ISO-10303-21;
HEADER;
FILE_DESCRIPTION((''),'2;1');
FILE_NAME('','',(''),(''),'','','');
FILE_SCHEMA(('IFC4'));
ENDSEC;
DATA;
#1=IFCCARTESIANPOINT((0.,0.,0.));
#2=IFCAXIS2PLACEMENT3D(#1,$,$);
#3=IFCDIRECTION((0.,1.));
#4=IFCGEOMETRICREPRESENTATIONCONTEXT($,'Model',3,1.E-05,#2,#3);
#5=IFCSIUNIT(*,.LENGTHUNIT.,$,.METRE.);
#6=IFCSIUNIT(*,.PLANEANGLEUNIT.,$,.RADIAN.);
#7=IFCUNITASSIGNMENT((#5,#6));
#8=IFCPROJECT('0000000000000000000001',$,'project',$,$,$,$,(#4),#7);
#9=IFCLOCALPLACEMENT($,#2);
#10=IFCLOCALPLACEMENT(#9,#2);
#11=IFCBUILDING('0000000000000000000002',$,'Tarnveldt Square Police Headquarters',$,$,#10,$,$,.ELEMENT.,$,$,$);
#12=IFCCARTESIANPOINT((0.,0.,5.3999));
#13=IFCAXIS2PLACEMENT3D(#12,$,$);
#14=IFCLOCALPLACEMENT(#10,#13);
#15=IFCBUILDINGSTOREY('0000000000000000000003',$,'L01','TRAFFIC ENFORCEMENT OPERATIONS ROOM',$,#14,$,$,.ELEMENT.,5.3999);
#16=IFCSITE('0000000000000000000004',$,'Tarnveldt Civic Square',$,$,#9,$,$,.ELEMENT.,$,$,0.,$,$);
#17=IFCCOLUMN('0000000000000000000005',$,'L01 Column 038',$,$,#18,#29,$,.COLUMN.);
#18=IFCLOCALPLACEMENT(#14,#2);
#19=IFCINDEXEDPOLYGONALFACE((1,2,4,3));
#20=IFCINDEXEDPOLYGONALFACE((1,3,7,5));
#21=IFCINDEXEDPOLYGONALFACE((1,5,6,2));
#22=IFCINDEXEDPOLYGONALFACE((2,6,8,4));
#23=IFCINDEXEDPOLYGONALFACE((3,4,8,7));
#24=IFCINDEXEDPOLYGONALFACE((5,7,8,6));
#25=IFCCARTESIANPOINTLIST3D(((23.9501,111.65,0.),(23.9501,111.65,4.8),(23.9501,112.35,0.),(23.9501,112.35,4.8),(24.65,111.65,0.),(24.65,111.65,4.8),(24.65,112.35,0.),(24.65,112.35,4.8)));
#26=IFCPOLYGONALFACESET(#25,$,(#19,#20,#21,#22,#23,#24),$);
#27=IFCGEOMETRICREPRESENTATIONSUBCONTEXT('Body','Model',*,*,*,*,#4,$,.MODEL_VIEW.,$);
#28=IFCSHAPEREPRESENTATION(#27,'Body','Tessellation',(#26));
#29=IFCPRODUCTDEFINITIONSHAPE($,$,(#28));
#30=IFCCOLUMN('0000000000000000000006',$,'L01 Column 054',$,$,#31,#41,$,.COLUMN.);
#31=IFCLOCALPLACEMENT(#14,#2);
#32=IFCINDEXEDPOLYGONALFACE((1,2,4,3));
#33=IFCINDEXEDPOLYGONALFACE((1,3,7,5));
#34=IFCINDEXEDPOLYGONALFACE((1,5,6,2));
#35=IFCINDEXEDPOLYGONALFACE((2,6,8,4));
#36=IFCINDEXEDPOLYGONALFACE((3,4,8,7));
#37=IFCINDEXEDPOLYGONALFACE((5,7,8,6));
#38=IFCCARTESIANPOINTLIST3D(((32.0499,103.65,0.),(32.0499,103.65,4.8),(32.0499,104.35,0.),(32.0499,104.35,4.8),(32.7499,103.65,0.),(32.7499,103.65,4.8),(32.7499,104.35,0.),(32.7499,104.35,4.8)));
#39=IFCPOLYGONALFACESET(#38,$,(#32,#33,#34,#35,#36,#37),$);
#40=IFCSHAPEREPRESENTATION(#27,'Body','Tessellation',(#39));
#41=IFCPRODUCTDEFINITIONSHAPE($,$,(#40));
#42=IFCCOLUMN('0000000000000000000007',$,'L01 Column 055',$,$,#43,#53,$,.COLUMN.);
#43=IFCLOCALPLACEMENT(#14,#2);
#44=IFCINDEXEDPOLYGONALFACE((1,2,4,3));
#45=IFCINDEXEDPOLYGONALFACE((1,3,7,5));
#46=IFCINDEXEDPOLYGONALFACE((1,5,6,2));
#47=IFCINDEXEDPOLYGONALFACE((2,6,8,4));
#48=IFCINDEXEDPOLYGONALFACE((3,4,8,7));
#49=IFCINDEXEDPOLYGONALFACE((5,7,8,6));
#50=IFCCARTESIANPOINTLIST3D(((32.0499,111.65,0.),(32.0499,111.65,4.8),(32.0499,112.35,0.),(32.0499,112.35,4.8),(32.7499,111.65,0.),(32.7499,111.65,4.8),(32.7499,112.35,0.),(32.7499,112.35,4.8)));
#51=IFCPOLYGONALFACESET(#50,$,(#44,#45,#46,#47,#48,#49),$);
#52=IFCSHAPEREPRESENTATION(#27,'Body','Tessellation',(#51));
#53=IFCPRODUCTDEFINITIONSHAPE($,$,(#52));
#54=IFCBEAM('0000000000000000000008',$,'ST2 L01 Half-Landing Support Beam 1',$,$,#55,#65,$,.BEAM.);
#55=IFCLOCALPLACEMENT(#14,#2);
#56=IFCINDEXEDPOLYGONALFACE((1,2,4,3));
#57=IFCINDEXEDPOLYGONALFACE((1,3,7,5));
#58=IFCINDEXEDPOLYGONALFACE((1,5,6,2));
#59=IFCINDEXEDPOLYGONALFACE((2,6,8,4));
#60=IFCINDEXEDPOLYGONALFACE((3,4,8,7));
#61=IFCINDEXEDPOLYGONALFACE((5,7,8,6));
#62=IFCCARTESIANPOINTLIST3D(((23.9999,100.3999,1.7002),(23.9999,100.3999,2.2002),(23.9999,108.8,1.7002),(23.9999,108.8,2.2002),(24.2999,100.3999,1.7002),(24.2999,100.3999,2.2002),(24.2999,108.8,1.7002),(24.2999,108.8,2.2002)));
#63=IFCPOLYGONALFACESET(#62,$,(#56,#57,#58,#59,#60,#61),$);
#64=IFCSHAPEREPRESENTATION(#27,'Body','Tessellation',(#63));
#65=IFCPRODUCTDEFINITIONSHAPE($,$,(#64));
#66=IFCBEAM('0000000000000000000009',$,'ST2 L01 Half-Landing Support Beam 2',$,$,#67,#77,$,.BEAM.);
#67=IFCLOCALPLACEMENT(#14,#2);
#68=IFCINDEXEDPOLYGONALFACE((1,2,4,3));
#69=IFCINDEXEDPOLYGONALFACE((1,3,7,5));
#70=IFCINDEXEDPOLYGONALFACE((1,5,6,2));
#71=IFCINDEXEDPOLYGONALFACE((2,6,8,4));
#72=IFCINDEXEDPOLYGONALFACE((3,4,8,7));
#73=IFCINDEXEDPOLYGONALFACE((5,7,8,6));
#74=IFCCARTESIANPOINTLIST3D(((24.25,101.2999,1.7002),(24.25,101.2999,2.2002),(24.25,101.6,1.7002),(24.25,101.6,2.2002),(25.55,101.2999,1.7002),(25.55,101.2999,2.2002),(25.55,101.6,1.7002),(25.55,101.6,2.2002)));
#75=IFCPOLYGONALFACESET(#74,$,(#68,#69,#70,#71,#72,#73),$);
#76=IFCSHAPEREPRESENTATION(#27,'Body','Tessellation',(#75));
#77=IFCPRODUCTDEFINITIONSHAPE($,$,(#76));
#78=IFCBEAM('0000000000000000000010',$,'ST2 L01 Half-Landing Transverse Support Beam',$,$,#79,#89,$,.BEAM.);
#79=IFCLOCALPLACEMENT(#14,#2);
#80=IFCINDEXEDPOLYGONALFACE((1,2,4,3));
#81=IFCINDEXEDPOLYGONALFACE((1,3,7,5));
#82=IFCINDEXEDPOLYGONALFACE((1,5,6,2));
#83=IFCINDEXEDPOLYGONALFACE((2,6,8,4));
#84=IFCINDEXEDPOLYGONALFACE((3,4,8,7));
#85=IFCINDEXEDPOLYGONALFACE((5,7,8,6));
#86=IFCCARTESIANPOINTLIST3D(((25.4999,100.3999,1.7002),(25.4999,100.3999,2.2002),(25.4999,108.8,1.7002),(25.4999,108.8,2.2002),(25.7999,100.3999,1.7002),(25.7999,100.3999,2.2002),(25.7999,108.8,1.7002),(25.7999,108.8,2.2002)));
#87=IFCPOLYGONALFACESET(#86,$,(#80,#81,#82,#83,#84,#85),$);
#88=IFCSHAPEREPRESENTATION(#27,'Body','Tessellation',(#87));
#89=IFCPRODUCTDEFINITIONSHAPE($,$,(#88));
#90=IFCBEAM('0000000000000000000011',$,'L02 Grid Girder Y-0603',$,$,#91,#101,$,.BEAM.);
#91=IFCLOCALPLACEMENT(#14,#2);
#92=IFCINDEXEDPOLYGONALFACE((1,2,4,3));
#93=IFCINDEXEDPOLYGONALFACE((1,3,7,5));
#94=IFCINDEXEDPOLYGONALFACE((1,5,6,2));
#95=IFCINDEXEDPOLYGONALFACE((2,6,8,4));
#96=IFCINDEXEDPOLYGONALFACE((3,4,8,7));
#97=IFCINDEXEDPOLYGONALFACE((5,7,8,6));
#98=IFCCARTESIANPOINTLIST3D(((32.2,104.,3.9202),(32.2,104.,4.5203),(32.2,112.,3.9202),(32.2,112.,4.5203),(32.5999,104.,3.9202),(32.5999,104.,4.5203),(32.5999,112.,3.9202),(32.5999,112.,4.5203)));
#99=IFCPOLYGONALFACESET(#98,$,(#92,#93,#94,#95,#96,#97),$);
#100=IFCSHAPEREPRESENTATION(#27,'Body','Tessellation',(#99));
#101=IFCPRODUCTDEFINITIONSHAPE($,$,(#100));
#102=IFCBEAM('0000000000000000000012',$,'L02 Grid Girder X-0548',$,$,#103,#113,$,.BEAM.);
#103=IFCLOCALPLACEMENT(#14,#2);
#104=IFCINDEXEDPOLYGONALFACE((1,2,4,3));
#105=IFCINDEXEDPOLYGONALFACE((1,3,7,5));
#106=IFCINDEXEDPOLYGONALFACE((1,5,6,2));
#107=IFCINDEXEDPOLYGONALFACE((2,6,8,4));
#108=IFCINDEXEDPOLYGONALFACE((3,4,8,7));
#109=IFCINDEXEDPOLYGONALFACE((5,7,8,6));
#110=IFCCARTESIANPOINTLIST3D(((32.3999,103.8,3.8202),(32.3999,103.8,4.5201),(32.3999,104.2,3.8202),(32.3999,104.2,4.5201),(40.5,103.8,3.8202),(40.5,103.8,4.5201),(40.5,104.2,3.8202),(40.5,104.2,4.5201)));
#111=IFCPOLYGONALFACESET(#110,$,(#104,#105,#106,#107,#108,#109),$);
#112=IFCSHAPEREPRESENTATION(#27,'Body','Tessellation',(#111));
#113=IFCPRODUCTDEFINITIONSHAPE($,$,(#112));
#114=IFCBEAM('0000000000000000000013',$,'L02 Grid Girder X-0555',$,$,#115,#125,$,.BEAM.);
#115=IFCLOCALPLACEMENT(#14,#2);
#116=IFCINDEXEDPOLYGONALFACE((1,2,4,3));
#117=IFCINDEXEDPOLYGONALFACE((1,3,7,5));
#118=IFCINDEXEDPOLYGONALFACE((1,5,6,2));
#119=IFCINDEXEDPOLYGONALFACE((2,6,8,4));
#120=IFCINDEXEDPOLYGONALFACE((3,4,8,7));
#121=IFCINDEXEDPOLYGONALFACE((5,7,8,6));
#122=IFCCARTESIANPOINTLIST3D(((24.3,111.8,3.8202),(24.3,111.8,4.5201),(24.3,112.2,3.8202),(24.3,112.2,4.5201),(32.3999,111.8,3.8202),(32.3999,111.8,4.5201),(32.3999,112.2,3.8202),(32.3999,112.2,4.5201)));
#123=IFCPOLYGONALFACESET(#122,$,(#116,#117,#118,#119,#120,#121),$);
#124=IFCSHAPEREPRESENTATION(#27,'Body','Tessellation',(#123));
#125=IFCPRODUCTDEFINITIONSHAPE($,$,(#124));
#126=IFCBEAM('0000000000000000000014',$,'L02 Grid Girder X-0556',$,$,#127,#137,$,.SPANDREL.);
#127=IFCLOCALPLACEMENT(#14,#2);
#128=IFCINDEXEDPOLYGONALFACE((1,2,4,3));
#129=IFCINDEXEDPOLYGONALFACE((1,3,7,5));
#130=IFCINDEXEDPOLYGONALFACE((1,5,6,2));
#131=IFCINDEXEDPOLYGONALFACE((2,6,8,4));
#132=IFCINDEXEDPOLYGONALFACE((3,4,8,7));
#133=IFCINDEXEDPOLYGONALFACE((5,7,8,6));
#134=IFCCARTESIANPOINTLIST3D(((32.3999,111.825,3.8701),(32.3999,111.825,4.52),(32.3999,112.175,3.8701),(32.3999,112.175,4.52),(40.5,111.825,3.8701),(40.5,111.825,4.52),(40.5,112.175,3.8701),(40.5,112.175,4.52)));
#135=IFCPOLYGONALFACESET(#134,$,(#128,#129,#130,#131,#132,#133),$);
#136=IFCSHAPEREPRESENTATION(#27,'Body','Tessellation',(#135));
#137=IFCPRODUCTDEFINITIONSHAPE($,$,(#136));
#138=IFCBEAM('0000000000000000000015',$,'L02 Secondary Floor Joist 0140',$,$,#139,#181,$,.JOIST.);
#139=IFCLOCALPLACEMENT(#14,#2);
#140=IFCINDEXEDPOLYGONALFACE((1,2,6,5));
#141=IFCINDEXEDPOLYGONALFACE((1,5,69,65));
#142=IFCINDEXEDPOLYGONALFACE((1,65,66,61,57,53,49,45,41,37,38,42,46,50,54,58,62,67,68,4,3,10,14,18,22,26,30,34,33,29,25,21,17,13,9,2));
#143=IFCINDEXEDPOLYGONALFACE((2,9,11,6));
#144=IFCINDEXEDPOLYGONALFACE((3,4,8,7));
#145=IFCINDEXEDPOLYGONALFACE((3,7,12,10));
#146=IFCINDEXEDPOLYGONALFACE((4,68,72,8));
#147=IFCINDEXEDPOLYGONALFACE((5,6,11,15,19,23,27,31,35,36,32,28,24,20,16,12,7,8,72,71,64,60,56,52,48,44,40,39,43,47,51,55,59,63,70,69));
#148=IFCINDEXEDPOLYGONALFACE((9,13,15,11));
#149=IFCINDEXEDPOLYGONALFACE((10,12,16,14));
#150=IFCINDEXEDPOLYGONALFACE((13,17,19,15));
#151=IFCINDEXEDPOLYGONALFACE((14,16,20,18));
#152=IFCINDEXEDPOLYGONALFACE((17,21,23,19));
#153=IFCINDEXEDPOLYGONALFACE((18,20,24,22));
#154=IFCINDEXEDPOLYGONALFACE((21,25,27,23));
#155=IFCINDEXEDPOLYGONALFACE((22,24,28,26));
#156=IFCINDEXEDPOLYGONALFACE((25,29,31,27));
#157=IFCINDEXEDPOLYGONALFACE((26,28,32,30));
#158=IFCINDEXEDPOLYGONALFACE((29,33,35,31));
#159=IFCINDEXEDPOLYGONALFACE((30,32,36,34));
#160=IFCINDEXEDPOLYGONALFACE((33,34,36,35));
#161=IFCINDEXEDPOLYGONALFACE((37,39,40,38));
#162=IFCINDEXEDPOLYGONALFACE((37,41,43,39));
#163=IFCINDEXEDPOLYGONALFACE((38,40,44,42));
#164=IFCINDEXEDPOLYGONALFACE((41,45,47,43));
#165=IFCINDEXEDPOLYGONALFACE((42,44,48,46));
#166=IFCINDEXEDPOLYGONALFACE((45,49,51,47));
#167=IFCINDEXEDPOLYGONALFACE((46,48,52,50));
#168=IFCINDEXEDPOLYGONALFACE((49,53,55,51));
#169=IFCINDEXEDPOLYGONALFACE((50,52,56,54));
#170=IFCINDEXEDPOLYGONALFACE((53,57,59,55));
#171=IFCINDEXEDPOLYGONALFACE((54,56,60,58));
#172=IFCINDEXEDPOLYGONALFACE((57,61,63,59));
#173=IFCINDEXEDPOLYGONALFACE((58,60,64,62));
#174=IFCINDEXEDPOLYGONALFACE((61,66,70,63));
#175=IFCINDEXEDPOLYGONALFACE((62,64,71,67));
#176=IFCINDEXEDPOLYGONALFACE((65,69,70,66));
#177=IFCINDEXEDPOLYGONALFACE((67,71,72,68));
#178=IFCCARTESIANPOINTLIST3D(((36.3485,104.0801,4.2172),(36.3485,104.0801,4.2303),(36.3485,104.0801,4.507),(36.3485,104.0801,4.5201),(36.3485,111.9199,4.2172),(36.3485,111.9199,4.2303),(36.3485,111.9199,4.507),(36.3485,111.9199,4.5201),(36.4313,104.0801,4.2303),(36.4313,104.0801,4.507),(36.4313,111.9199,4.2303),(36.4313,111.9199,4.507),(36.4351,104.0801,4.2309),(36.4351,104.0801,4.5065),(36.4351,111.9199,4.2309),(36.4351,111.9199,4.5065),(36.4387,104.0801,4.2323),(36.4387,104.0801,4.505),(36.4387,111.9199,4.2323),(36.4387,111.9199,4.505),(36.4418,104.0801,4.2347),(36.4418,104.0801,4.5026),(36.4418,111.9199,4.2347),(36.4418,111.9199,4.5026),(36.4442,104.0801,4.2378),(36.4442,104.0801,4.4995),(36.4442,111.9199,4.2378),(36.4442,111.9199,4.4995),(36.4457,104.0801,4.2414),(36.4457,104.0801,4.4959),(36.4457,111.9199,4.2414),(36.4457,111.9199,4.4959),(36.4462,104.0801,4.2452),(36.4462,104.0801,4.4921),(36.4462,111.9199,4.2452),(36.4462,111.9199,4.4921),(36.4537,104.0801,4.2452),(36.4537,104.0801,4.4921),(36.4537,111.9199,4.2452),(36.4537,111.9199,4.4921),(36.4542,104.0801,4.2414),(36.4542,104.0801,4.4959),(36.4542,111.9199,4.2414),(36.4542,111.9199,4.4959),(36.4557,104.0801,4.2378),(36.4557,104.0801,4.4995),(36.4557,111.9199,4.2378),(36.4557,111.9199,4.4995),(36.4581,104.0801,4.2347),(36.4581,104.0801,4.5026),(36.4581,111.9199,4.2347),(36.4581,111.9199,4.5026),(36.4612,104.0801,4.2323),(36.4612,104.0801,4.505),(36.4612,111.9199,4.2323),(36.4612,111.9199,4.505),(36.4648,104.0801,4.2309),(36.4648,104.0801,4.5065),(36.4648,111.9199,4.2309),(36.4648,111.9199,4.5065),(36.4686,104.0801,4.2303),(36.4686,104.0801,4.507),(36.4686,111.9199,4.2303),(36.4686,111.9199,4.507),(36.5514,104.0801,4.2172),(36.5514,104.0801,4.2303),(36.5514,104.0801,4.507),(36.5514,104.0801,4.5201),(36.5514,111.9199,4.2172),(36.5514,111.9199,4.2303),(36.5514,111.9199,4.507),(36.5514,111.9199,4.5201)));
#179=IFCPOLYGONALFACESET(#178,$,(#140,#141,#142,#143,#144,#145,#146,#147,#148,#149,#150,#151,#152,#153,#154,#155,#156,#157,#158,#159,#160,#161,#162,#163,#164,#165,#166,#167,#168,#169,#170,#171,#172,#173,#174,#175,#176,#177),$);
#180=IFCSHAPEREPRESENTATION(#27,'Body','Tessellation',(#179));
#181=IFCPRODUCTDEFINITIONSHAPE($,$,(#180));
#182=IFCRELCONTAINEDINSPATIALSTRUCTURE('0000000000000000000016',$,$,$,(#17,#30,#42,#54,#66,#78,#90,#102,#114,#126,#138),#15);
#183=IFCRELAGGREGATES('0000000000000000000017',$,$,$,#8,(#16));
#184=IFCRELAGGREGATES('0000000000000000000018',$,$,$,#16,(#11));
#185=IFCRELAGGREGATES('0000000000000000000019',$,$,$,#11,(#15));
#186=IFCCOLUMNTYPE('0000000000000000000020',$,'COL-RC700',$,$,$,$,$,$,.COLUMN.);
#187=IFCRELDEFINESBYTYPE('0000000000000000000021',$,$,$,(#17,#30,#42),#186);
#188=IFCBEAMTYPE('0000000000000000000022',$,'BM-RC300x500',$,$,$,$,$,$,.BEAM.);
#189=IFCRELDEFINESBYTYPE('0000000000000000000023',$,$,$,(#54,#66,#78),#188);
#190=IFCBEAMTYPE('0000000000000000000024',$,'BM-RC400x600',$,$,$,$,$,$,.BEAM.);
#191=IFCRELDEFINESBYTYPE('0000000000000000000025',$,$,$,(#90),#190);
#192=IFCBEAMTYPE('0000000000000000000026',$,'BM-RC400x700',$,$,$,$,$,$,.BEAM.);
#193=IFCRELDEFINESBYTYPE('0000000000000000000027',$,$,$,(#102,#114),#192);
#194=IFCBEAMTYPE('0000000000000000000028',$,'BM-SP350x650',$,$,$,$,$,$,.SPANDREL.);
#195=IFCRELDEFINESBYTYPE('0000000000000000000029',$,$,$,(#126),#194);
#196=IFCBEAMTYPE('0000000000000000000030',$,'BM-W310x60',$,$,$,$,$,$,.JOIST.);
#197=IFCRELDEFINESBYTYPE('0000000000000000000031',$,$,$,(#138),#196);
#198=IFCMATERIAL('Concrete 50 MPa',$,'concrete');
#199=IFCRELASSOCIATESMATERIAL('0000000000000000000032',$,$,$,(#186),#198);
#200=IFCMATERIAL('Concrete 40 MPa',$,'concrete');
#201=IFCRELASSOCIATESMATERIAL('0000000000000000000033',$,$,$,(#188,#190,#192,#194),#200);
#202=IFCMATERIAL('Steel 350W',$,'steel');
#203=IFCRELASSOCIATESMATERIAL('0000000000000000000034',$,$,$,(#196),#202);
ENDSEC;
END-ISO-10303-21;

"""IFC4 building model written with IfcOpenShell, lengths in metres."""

from ifc_helpers import new_model, si_unit, direction, frame, origin, origin_2d, place, context, subcontext, project, spatial, rectangle, i_section, extrude, material, material_profile, profile_set, type_object, element, save


model = new_model("IFC4")

# Units and contexts
model_context = context("Model", 3, precision=1e-05, world=origin(), true_north=direction((0.0, 1.0)))
body_context = subcontext(model_context, "Body", "Model", "MODEL_VIEW")
ifc_project = project(units=[si_unit("LENGTHUNIT", "METRE"), si_unit("PLANEANGLEUNIT", "RADIAN")], contexts=[model_context])

# Site, building, storey
site_placement = place(None, origin())
site = spatial("IfcSite", under=ifc_project, at=site_placement, Name="Tarnveldt Civic Square", CompositionType="ELEMENT", RefElevation=0.0)
building_placement = place(site_placement, origin())
building = spatial("IfcBuilding", under=site, at=building_placement, Name="Tarnveldt Square Police Headquarters", CompositionType="ELEMENT")
storey_placement = place(building_placement, frame((0.0, 0.0, 5.3999)))
storey = spatial("IfcBuildingStorey", under=building, at=storey_placement, Name="L01", Description="TRAFFIC ENFORCEMENT OPERATIONS ROOM", CompositionType="ELEMENT", Elevation=5.3999)

# Columns
ifc_material_1 = material(Name="Concrete 50 MPa", Category="concrete")
ifc_material_profile_1 = material_profile(ifc_material_1, rectangle(XDim=0.7, YDim=0.7, at=origin_2d()), Name="RC-C700x700")
ifc_profile_set_1 = profile_set([ifc_material_profile_1], Name="Concrete 50 MPa")
column_type = type_object("IfcColumnType", Name="COL-RC700", PredefinedType="COLUMN", material=ifc_profile_set_1)
for number, where, z_axis, x_axis, name in (
    (1, (24.3, 112.0, 0.0), (0.0, 0.0, 1.0), (1.0, 0.0, 0.0), "L01 Column 038"),
    (2, (32.3999, 104.0, 0.0), (0.0, 0.0, 1.0), (1.0, 0.0, 0.0), "L01 Column 054"),
    (3, (32.3999, 112.0, 0.0), (0.0, 0.0, 1.0), (1.0, 0.0, 0.0), "L01 Column 055"),
):
    element("IfcColumn", number, at=place(storey_placement, frame(where, z_axis=z_axis, x_axis=x_axis)), inside=storey, type_object=column_type, Name=name, PredefinedType="COLUMN", context=body_context, shape_type="SweptSolid", body=[
        extrude(rectangle(XDim=0.7, YDim=0.7, at=origin_2d()), origin(), (0.0, 0.0, 1.0), 4.8),
    ])

# Beams
ifc_material_2 = material(Name="Concrete 40 MPa", Category="concrete")
ifc_material_profile_2 = material_profile(ifc_material_2, rectangle(XDim=0.3, YDim=0.5, at=origin_2d()), Name="RC-B300x500")
ifc_profile_set_2 = profile_set([ifc_material_profile_2], Name="Concrete 40 MPa")
beam_type_1 = type_object("IfcBeamType", Name="BM-RC300x500", PredefinedType="BEAM", material=ifc_profile_set_2)
beam_1_placement = place(storey_placement, frame((24.1499, 100.3999, 1.9502), z_axis=(0.0, 1.0, 0.0), x_axis=(-1.0, 0.0, 0.0)))
element("IfcBeam", 4, at=beam_1_placement, inside=storey, type_object=beam_type_1, Name="ST2 L01 Half-Landing Support Beam 1", PredefinedType="BEAM", context=body_context, shape_type="SweptSolid", body=[
    extrude(rectangle(XDim=0.3, YDim=0.5, at=origin_2d()), origin(), (0.0, 0.0, 1.0), 8.4001),
])
beam_2_placement = place(storey_placement, frame((24.25, 101.45, 1.9502), z_axis=(1.0, 0.0, 0.0), x_axis=(0.0, 1.0, 0.0)))
element("IfcBeam", 5, at=beam_2_placement, inside=storey, type_object=beam_type_1, Name="ST2 L01 Half-Landing Support Beam 2", PredefinedType="BEAM", context=body_context, shape_type="SweptSolid", body=[
    extrude(rectangle(XDim=0.3, YDim=0.5, at=origin_2d()), origin(), (0.0, 0.0, 1.0), 1.3),
])
beam_3_placement = place(storey_placement, frame((25.6499, 100.3999, 1.9502), z_axis=(0.0, 1.0, 0.0), x_axis=(-1.0, 0.0, 0.0)))
element("IfcBeam", 6, at=beam_3_placement, inside=storey, type_object=beam_type_1, Name="ST2 L01 Half-Landing Transverse Support Beam", PredefinedType="BEAM", context=body_context, shape_type="SweptSolid", body=[
    extrude(rectangle(XDim=0.3, YDim=0.5, at=origin_2d()), origin(), (0.0, 0.0, 1.0), 8.4001),
])
ifc_material_profile_3 = material_profile(ifc_material_2, rectangle(XDim=0.3999, YDim=0.6001, at=origin_2d()), Name="RC-B400x600")
ifc_profile_set_3 = profile_set([ifc_material_profile_3], Name="Concrete 40 MPa")
beam_type_2 = type_object("IfcBeamType", Name="BM-RC400x600", PredefinedType="BEAM", material=ifc_profile_set_3)
beam_4_placement = place(storey_placement, frame((32.3999, 104.0, 4.2202), z_axis=(0.0, 1.0, 0.0), x_axis=(-1.0, 0.0, 0.0)))
element("IfcBeam", 7, at=beam_4_placement, inside=storey, type_object=beam_type_2, Name="L02 Grid Girder Y-0603", PredefinedType="BEAM", context=body_context, shape_type="SweptSolid", body=[
    extrude(rectangle(XDim=0.3999, YDim=0.6001, at=origin_2d()), origin(), (0.0, 0.0, 1.0), 8.0),
])
ifc_material_profile_4 = material_profile(ifc_material_2, rectangle(XDim=0.3999, YDim=0.7, at=origin_2d()), Name="RC-B400x700")
ifc_profile_set_4 = profile_set([ifc_material_profile_4], Name="Concrete 40 MPa")
beam_type_3 = type_object("IfcBeamType", Name="BM-RC400x700", PredefinedType="BEAM", material=ifc_profile_set_4)
beam_5_placement = place(storey_placement, frame((32.3999, 104.0, 4.1702), z_axis=(1.0, 0.0, 0.0), x_axis=(0.0, 1.0, 0.0)))
element("IfcBeam", 8, at=beam_5_placement, inside=storey, type_object=beam_type_3, Name="L02 Grid Girder X-0548", PredefinedType="BEAM", context=body_context, shape_type="SweptSolid", body=[
    extrude(rectangle(XDim=0.3999, YDim=0.7, at=origin_2d()), origin(), (0.0, 0.0, 1.0), 8.1001),
])
beam_6_placement = place(storey_placement, frame((24.3, 112.0, 4.1702), z_axis=(1.0, 0.0, 0.0), x_axis=(0.0, 1.0, 0.0)))
element("IfcBeam", 9, at=beam_6_placement, inside=storey, type_object=beam_type_3, Name="L02 Grid Girder X-0555", PredefinedType="BEAM", context=body_context, shape_type="SweptSolid", body=[
    extrude(rectangle(XDim=0.3999, YDim=0.7, at=origin_2d()), origin(), (0.0, 0.0, 1.0), 8.0999),
])
ifc_material_profile_5 = material_profile(ifc_material_2, rectangle(XDim=0.3501, YDim=0.6499, at=origin_2d()), Name="RC-SP350x650")
ifc_profile_set_5 = profile_set([ifc_material_profile_5], Name="Concrete 40 MPa")
beam_type_4 = type_object("IfcBeamType", Name="BM-SP350x650", PredefinedType="SPANDREL", material=ifc_profile_set_5)
beam_7_placement = place(storey_placement, frame((32.3999, 112.0, 4.1951), z_axis=(1.0, 0.0, 0.0), x_axis=(0.0, 1.0, 0.0)))
element("IfcBeam", 10, at=beam_7_placement, inside=storey, type_object=beam_type_4, Name="L02 Grid Girder X-0556", PredefinedType="SPANDREL", context=body_context, shape_type="SweptSolid", body=[
    extrude(rectangle(XDim=0.3501, YDim=0.6499, at=origin_2d()), origin(), (0.0, 0.0, 1.0), 8.1001),
])
ifc_material_3 = material(Name="Steel 350W", Category="steel")
ifc_material_profile_6 = material_profile(ifc_material_3, i_section(OverallWidth=0.2029, OverallDepth=0.303, WebThickness=0.0076, FlangeThickness=0.0132, FilletRadius=0.0149, at=origin_2d()), Name="W310x60")
ifc_profile_set_6 = profile_set([ifc_material_profile_6], Name="Steel 350W")
beam_type_5 = type_object("IfcBeamType", Name="BM-W310x60", PredefinedType="JOIST", material=ifc_profile_set_6)
beam_8_placement = place(storey_placement, frame((36.45, 104.0801, 4.3687), z_axis=(0.0, 1.0, 0.0), x_axis=(-1.0, 0.0, 0.0)))
element("IfcBeam", 11, at=beam_8_placement, inside=storey, type_object=beam_type_5, Name="L02 Secondary Floor Joist 0140", PredefinedType="JOIST", context=body_context, shape_type="SweptSolid", body=[
    extrude(i_section(OverallWidth=0.2029, OverallDepth=0.303, WebThickness=0.0076, FlangeThickness=0.0132, FilletRadius=0.0149, at=origin_2d()), origin(), (0.0, 0.0, 1.0), 7.8398),
])

save(model, "model.ifc")
